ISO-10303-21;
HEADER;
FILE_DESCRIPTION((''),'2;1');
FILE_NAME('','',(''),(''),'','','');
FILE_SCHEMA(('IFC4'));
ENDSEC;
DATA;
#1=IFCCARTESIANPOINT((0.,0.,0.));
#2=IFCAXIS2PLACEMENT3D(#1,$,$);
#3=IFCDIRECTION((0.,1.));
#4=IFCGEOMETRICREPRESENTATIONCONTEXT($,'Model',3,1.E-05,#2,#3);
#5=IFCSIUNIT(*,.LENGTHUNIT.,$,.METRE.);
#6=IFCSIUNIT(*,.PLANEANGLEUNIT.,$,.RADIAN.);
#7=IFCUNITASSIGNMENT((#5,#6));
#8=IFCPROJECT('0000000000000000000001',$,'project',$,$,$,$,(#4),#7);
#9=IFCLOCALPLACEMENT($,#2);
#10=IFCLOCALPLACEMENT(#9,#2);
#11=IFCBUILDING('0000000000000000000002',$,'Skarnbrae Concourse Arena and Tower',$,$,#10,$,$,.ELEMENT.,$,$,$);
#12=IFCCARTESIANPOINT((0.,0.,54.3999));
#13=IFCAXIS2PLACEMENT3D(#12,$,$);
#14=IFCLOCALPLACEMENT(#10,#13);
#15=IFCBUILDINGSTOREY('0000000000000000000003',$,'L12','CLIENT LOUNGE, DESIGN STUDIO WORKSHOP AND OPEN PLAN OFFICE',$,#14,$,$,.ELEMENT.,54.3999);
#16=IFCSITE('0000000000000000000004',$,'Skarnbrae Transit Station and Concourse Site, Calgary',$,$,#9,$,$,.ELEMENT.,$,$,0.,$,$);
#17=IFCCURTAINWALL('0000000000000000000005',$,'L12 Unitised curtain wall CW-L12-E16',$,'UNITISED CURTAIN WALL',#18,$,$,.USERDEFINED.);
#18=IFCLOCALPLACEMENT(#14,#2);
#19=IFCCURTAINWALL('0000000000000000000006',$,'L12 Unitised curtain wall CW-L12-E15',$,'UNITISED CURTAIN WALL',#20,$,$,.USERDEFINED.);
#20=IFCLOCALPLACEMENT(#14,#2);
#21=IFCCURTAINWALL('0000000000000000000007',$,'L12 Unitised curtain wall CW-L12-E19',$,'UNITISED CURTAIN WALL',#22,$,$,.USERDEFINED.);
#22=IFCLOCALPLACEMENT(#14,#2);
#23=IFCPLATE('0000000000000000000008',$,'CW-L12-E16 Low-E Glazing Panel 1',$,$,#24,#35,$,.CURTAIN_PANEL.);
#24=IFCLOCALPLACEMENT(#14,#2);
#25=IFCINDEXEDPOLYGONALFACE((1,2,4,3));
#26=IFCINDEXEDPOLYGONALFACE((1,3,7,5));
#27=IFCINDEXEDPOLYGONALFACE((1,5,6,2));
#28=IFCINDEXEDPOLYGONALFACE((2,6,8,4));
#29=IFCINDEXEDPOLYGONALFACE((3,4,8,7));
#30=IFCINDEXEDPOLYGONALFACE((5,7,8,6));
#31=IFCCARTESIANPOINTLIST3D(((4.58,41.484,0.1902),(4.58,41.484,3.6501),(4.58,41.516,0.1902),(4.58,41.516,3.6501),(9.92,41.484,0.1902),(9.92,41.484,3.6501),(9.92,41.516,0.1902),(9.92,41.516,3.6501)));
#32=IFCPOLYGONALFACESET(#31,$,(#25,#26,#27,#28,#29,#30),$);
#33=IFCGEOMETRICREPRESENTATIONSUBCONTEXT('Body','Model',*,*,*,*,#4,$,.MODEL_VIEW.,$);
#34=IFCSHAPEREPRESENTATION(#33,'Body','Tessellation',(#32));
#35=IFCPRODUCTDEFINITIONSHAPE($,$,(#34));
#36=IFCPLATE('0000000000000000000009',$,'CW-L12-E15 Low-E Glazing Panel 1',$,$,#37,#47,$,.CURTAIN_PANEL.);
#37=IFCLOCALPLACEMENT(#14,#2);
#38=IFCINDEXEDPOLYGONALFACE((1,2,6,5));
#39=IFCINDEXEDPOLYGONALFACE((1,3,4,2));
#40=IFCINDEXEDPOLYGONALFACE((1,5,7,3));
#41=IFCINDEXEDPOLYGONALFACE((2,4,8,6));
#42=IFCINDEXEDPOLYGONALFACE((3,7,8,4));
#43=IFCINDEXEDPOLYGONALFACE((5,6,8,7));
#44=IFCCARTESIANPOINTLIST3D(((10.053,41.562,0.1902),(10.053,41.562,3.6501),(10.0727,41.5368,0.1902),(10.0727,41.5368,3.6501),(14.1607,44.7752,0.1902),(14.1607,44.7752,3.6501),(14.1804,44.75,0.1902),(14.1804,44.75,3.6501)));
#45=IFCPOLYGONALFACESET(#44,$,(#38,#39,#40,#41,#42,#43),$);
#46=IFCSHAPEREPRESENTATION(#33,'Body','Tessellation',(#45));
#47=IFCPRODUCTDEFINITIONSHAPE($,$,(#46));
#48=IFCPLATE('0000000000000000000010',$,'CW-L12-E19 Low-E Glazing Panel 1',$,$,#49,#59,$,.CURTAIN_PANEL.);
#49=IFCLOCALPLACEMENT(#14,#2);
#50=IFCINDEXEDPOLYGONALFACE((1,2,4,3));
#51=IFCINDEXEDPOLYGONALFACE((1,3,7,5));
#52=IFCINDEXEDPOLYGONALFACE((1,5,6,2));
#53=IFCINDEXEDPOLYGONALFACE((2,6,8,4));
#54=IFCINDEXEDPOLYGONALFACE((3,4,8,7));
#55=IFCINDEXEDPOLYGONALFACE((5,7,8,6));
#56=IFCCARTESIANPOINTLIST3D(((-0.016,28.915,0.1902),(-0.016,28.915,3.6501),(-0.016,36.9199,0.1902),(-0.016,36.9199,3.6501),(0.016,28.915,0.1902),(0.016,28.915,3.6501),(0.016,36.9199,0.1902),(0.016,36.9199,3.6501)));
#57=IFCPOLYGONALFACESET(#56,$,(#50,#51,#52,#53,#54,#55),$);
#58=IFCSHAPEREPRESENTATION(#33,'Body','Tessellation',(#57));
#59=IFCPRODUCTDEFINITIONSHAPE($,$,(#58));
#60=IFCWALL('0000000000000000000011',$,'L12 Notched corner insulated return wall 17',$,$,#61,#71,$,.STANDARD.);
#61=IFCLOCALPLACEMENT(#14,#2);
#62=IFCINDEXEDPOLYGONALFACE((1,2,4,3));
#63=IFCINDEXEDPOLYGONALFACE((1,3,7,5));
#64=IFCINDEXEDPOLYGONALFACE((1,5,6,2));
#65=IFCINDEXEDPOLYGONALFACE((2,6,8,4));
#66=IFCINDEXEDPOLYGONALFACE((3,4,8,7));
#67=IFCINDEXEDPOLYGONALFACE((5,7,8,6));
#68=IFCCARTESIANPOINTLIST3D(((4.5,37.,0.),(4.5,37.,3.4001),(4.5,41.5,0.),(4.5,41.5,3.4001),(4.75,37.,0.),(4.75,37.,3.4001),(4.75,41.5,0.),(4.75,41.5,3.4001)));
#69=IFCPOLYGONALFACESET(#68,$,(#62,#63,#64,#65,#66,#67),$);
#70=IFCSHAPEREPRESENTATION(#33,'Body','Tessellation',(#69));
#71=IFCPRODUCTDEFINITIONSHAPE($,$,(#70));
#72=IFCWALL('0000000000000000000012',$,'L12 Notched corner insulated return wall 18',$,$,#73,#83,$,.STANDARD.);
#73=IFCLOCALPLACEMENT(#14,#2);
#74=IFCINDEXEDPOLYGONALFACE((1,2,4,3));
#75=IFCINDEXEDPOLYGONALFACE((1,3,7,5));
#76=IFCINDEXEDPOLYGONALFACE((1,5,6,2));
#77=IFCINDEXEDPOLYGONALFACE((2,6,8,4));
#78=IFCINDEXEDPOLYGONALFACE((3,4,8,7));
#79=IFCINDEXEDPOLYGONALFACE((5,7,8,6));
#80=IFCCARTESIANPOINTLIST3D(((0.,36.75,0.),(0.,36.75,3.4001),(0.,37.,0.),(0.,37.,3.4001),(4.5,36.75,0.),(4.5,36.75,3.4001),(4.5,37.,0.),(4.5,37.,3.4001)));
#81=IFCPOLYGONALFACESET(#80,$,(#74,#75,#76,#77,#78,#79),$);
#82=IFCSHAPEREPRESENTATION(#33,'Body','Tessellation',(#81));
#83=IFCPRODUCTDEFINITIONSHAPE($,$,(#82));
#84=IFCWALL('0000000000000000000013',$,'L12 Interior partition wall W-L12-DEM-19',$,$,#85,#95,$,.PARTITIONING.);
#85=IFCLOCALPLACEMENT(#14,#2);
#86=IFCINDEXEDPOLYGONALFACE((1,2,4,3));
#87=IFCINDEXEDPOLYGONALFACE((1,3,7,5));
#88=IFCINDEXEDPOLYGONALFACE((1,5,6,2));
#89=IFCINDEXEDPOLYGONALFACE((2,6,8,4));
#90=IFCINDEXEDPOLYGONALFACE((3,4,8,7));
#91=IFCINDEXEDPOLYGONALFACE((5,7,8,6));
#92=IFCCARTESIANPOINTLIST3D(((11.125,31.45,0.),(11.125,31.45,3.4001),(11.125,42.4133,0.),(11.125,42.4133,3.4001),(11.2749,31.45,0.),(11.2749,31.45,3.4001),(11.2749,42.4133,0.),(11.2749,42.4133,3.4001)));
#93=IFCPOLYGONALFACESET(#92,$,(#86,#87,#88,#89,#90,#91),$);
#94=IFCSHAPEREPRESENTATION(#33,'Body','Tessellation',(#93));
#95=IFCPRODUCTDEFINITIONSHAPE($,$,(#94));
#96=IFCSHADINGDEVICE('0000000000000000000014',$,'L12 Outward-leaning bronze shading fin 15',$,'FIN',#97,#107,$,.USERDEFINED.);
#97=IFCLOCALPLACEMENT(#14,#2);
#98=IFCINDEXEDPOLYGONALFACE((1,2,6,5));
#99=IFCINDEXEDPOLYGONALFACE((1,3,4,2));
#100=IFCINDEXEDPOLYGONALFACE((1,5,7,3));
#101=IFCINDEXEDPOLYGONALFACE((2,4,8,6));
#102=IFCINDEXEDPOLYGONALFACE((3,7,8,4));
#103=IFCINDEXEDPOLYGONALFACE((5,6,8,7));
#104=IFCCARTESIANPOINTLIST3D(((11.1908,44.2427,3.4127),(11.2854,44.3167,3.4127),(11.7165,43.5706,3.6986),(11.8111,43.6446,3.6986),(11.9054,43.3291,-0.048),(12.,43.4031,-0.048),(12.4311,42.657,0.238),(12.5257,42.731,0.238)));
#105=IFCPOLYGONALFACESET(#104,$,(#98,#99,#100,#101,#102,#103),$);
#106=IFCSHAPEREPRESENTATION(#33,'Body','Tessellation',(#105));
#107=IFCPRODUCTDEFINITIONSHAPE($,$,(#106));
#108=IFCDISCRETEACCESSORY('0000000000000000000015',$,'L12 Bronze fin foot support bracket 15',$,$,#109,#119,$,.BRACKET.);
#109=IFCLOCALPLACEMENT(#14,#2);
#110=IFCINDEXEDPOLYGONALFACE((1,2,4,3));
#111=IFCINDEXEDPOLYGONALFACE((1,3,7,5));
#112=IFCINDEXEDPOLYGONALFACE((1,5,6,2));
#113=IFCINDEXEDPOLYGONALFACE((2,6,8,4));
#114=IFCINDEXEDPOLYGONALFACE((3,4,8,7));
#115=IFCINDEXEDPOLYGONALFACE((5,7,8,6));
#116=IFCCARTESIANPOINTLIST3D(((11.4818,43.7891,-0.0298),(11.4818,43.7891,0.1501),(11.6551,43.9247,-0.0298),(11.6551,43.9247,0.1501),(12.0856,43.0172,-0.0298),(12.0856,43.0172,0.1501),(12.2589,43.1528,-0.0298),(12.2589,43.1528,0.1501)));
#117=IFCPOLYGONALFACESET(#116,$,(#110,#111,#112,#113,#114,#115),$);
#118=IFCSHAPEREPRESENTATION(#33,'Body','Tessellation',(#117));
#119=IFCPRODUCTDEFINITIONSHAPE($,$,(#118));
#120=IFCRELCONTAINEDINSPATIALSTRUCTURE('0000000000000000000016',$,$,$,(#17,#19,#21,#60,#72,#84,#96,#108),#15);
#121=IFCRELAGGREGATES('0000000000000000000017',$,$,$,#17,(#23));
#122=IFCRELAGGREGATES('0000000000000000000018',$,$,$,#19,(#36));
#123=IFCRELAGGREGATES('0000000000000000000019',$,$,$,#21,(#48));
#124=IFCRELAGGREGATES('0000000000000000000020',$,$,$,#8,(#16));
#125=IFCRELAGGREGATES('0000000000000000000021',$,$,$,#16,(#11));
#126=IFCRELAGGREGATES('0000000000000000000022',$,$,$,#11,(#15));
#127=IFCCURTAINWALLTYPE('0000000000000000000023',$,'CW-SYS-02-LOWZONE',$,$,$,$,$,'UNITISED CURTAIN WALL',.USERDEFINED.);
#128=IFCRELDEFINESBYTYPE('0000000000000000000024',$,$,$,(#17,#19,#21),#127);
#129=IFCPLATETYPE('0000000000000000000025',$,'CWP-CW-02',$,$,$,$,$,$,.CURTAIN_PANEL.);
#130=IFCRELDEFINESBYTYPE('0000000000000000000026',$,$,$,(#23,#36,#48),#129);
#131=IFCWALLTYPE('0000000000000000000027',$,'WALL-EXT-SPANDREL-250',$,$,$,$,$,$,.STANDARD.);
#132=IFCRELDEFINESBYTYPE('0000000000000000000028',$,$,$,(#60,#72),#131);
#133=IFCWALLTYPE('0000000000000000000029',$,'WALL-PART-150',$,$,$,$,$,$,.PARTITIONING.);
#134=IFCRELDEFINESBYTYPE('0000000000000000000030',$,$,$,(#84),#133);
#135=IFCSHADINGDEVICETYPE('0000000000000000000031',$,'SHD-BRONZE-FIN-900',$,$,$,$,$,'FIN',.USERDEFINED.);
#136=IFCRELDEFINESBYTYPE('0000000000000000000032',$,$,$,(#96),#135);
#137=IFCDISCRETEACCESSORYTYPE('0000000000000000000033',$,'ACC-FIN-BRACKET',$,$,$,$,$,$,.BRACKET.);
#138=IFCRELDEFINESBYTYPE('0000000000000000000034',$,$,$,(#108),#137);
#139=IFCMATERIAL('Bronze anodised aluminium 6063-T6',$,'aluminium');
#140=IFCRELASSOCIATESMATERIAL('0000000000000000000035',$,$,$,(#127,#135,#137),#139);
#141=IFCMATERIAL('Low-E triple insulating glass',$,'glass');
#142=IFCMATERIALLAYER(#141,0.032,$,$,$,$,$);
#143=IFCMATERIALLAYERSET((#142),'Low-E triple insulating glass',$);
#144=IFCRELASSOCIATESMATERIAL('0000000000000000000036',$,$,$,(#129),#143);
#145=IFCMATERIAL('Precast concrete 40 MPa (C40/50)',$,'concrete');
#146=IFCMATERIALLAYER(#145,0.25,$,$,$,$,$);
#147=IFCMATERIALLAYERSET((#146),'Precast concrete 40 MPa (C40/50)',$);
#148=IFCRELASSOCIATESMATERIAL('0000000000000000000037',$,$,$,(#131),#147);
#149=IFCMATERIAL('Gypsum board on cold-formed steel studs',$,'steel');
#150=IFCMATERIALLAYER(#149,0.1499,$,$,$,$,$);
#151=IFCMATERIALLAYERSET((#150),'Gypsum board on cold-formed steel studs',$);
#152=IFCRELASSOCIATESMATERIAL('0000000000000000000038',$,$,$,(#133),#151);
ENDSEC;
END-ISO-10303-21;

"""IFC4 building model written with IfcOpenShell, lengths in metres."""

from ifc_helpers import new_model, si_unit, direction, frame, frame_2d, origin, origin_2d, place, context, subcontext, project, spatial, rectangle, extrude, source, transform, mapped, material, layer, layer_set, type_object, element, aggregate, save


model = new_model("IFC4")

# Units and contexts
model_context = context("Model", 3, precision=1e-05, world=origin(), true_north=direction((0.0, 1.0)))
body_context = subcontext(model_context, "Body", "Model", "MODEL_VIEW")
ifc_project = project(units=[si_unit("LENGTHUNIT", "METRE"), si_unit("PLANEANGLEUNIT", "RADIAN")], contexts=[model_context])

# Site, building, storey
site_placement = place(None, origin())
site = spatial("IfcSite", under=ifc_project, at=site_placement, Name="Skarnbrae Transit Station and Concourse Site, Calgary", CompositionType="ELEMENT", RefElevation=0.0)
building_placement = place(site_placement, origin())
building = spatial("IfcBuilding", under=site, at=building_placement, Name="Skarnbrae Concourse Arena and Tower", CompositionType="ELEMENT")
storey_placement = place(building_placement, frame((0.0, 0.0, 54.3999)))
storey = spatial("IfcBuildingStorey", under=building, at=storey_placement, Name="L12", Description="CLIENT LOUNGE, DESIGN STUDIO WORKSHOP AND OPEN PLAN OFFICE", CompositionType="ELEMENT", Elevation=54.3999)

# Curtain walls
ifc_material_1 = material(Name="Bronze anodised aluminium 6063-T6", Category="aluminium")
curtain_wall_type_1 = type_object("IfcCurtainWallType", Name="CW-SYS-02-LOWZONE", ElementType="UNITISED CURTAIN WALL", PredefinedType="USERDEFINED", material=ifc_material_1)
curtain_wall_1_placement = place(storey_placement, origin())
curtain_wall_1 = element("IfcCurtainWall", 1, at=curtain_wall_1_placement, inside=storey, type_object=curtain_wall_type_1, Name="L12 Unitised curtain wall CW-L12-E16", ObjectType="UNITISED CURTAIN WALL", PredefinedType="USERDEFINED")
curtain_wall_2_placement = place(storey_placement, origin())
curtain_wall_2 = element("IfcCurtainWall", 2, at=curtain_wall_2_placement, inside=storey, type_object=curtain_wall_type_1, Name="L12 Unitised curtain wall CW-L12-E15", ObjectType="UNITISED CURTAIN WALL", PredefinedType="USERDEFINED")
curtain_wall_3_placement = place(storey_placement, origin())
curtain_wall_3 = element("IfcCurtainWall", 3, at=curtain_wall_3_placement, inside=storey, type_object=curtain_wall_type_1, Name="L12 Unitised curtain wall CW-L12-E19", ObjectType="UNITISED CURTAIN WALL", PredefinedType="USERDEFINED")

# Plates
ifc_material_2 = material(Name="Low-E triple insulating glass", Category="glass")
ifc_layer_1 = layer(ifc_material_2, 0.032)
ifc_layer_set_1 = layer_set([ifc_layer_1], Name="Low-E triple insulating glass")
plate_type = type_object("IfcPlateType", Name="CWP-CW-02", PredefinedType="CURTAIN_PANEL", material=ifc_layer_set_1)
shared_shape_1 = source(origin(), body_context, "Body", "SweptSolid", [
    extrude(rectangle(XDim=5.3401, YDim=0.032, at=origin_2d()), origin(), (0.0, 0.0, 1.0), 3.46),
])
plate_1_placement = place(storey_placement, frame((7.25, 41.5, 0.1902), z_axis=(0.0, 0.0, 1.0), x_axis=(-1.0, 0.0, 0.0)))
plate_1 = element("IfcPlate", 4, at=plate_1_placement, type_object=plate_type, Name="CW-L12-E16 Low-E Glazing Panel 1", PredefinedType="CURTAIN_PANEL", context=body_context, shape_type="MappedRepresentation", body=[
    mapped(shared_shape_1, transform((0.0, 0.0, 0.0))),
])
aggregate(curtain_wall_1, [plate_1])
shared_shape_2 = source(origin(), body_context, "Body", "SweptSolid", [
    extrude(rectangle(XDim=5.2151, YDim=0.032, at=origin_2d()), origin(), (0.0, 0.0, 1.0), 3.46),
])
plate_2_placement = place(storey_placement, frame((12.1167, 43.156, 0.1902), z_axis=(0.0, 0.0, 1.0), x_axis=(-0.787652, -0.616121, 0.0)))
plate_2 = element("IfcPlate", 5, at=plate_2_placement, type_object=plate_type, Name="CW-L12-E15 Low-E Glazing Panel 1", PredefinedType="CURTAIN_PANEL", context=body_context, shape_type="MappedRepresentation", body=[
    mapped(shared_shape_2, transform((0.0, 0.0, 0.0))),
])
aggregate(curtain_wall_2, [plate_2])
shared_shape_3 = source(origin(), body_context, "Body", "SweptSolid", [
    extrude(rectangle(XDim=8.0049, YDim=0.032, at=origin_2d()), origin(), (0.0, 0.0, 1.0), 3.46),
])
plate_3_placement = place(storey_placement, frame((0.0, 32.9175, 0.1902), z_axis=(0.0, 0.0, 1.0), x_axis=(0.0, -1.0, 0.0)))
plate_3 = element("IfcPlate", 6, at=plate_3_placement, type_object=plate_type, Name="CW-L12-E19 Low-E Glazing Panel 1", PredefinedType="CURTAIN_PANEL", context=body_context, shape_type="MappedRepresentation", body=[
    mapped(shared_shape_3, transform((0.0, 0.0, 0.0))),
])
aggregate(curtain_wall_3, [plate_3])

# Walls
ifc_material_3 = material(Name="Precast concrete 40 MPa (C40/50)", Category="concrete")
ifc_layer_2 = layer(ifc_material_3, 0.25)
ifc_layer_set_2 = layer_set([ifc_layer_2], Name="Precast concrete 40 MPa (C40/50)")
wall_type_1 = type_object("IfcWallType", Name="WALL-EXT-SPANDREL-250", PredefinedType="STANDARD", material=ifc_layer_set_2)
shared_shape_4 = source(origin(), body_context, "Body", "SweptSolid", [
    extrude(rectangle(XDim=4.5, YDim=0.25, at=frame_2d((2.25, 0.0))), origin(), (0.0, 0.0, 1.0), 3.4001),
])
for number, where, z_axis, x_axis, name in (
    (7, (4.625, 41.5, 0.0), (0.0, 0.0, 1.0), (0.0, -1.0, 0.0), "L12 Notched corner insulated return wall 17"),
    (8, (4.5, 36.875, 0.0), (0.0, 0.0, 1.0), (-1.0, 0.0, 0.0), "L12 Notched corner insulated return wall 18"),
):
    element("IfcWall", number, at=place(storey_placement, frame(where, z_axis=z_axis, x_axis=x_axis)), inside=storey, type_object=wall_type_1, Name=name, PredefinedType="STANDARD", context=body_context, shape_type="MappedRepresentation", body=[
        mapped(shared_shape_4, transform((0.0, 0.0, 0.0))),
    ])
ifc_material_4 = material(Name="Gypsum board on cold-formed steel studs", Category="steel")
ifc_layer_3 = layer(ifc_material_4, 0.1499)
ifc_layer_set_3 = layer_set([ifc_layer_3], Name="Gypsum board on cold-formed steel studs")
wall_type_2 = type_object("IfcWallType", Name="WALL-PART-150", PredefinedType="PARTITIONING", material=ifc_layer_set_3)
shared_shape_5 = source(origin(), body_context, "Body", "SweptSolid", [
    extrude(rectangle(XDim=10.9634, YDim=0.1499, at=frame_2d((5.4817, 0.0))), origin(), (0.0, 0.0, 1.0), 3.4001),
])
wall_placement = place(storey_placement, frame((11.2, 42.4133, 0.0), z_axis=(0.0, 0.0, 1.0), x_axis=(0.0, -1.0, 0.0)))
element("IfcWall", 9, at=wall_placement, inside=storey, type_object=wall_type_2, Name="L12 Interior partition wall W-L12-DEM-19", PredefinedType="PARTITIONING", context=body_context, shape_type="MappedRepresentation", body=[
    mapped(shared_shape_5, transform((0.0, 0.0, 0.0))),
])

# Shading device
shading_device_type = type_object("IfcShadingDeviceType", Name="SHD-BRONZE-FIN-900", ElementType="FIN", PredefinedType="USERDEFINED", material=ifc_material_1)
shared_shape_6 = source(origin(), body_context, "Body", "SweptSolid", [
    extrude(rectangle(XDim=0.1201, YDim=0.8999, at=origin_2d()), origin(), (0.0, 0.0, 1.0), 3.6499),
])
shading_device_placement = place(storey_placement, frame((12.2156, 43.03, 0.095), z_axis=(-0.195802, 0.250318, 0.948157), x_axis=(0.787656, 0.616115, 0.0)))
element("IfcShadingDevice", 10, at=shading_device_placement, inside=storey, type_object=shading_device_type, Name="L12 Outward-leaning bronze shading fin 15", ObjectType="FIN", PredefinedType="USERDEFINED", context=body_context, shape_type="MappedRepresentation", body=[
    mapped(shared_shape_6, transform((0.0, 0.0, 0.0))),
])

# Discrete accessory
discrete_accessory_type = type_object("IfcDiscreteAccessoryType", Name="ACC-FIN-BRACKET", PredefinedType="BRACKET", material=ifc_material_1)
shared_shape_7 = source(origin(), body_context, "Body", "SweptSolid", [
    extrude(rectangle(XDim=0.22, YDim=0.98, at=origin_2d()), origin(), (0.0, 0.0, 1.0), 0.1799),
])
discrete_accessory_placement = place(storey_placement, frame((11.8704, 43.4709, -0.0298), z_axis=(0.0, 0.0, 1.0), x_axis=(0.787656, 0.616115, 0.0)))
element("IfcDiscreteAccessory", 11, at=discrete_accessory_placement, inside=storey, type_object=discrete_accessory_type, Name="L12 Bronze fin foot support bracket 15", PredefinedType="BRACKET", context=body_context, shape_type="MappedRepresentation", body=[
    mapped(shared_shape_7, transform((0.0, 0.0, 0.0))),
])

save(model, "model.ifc")
